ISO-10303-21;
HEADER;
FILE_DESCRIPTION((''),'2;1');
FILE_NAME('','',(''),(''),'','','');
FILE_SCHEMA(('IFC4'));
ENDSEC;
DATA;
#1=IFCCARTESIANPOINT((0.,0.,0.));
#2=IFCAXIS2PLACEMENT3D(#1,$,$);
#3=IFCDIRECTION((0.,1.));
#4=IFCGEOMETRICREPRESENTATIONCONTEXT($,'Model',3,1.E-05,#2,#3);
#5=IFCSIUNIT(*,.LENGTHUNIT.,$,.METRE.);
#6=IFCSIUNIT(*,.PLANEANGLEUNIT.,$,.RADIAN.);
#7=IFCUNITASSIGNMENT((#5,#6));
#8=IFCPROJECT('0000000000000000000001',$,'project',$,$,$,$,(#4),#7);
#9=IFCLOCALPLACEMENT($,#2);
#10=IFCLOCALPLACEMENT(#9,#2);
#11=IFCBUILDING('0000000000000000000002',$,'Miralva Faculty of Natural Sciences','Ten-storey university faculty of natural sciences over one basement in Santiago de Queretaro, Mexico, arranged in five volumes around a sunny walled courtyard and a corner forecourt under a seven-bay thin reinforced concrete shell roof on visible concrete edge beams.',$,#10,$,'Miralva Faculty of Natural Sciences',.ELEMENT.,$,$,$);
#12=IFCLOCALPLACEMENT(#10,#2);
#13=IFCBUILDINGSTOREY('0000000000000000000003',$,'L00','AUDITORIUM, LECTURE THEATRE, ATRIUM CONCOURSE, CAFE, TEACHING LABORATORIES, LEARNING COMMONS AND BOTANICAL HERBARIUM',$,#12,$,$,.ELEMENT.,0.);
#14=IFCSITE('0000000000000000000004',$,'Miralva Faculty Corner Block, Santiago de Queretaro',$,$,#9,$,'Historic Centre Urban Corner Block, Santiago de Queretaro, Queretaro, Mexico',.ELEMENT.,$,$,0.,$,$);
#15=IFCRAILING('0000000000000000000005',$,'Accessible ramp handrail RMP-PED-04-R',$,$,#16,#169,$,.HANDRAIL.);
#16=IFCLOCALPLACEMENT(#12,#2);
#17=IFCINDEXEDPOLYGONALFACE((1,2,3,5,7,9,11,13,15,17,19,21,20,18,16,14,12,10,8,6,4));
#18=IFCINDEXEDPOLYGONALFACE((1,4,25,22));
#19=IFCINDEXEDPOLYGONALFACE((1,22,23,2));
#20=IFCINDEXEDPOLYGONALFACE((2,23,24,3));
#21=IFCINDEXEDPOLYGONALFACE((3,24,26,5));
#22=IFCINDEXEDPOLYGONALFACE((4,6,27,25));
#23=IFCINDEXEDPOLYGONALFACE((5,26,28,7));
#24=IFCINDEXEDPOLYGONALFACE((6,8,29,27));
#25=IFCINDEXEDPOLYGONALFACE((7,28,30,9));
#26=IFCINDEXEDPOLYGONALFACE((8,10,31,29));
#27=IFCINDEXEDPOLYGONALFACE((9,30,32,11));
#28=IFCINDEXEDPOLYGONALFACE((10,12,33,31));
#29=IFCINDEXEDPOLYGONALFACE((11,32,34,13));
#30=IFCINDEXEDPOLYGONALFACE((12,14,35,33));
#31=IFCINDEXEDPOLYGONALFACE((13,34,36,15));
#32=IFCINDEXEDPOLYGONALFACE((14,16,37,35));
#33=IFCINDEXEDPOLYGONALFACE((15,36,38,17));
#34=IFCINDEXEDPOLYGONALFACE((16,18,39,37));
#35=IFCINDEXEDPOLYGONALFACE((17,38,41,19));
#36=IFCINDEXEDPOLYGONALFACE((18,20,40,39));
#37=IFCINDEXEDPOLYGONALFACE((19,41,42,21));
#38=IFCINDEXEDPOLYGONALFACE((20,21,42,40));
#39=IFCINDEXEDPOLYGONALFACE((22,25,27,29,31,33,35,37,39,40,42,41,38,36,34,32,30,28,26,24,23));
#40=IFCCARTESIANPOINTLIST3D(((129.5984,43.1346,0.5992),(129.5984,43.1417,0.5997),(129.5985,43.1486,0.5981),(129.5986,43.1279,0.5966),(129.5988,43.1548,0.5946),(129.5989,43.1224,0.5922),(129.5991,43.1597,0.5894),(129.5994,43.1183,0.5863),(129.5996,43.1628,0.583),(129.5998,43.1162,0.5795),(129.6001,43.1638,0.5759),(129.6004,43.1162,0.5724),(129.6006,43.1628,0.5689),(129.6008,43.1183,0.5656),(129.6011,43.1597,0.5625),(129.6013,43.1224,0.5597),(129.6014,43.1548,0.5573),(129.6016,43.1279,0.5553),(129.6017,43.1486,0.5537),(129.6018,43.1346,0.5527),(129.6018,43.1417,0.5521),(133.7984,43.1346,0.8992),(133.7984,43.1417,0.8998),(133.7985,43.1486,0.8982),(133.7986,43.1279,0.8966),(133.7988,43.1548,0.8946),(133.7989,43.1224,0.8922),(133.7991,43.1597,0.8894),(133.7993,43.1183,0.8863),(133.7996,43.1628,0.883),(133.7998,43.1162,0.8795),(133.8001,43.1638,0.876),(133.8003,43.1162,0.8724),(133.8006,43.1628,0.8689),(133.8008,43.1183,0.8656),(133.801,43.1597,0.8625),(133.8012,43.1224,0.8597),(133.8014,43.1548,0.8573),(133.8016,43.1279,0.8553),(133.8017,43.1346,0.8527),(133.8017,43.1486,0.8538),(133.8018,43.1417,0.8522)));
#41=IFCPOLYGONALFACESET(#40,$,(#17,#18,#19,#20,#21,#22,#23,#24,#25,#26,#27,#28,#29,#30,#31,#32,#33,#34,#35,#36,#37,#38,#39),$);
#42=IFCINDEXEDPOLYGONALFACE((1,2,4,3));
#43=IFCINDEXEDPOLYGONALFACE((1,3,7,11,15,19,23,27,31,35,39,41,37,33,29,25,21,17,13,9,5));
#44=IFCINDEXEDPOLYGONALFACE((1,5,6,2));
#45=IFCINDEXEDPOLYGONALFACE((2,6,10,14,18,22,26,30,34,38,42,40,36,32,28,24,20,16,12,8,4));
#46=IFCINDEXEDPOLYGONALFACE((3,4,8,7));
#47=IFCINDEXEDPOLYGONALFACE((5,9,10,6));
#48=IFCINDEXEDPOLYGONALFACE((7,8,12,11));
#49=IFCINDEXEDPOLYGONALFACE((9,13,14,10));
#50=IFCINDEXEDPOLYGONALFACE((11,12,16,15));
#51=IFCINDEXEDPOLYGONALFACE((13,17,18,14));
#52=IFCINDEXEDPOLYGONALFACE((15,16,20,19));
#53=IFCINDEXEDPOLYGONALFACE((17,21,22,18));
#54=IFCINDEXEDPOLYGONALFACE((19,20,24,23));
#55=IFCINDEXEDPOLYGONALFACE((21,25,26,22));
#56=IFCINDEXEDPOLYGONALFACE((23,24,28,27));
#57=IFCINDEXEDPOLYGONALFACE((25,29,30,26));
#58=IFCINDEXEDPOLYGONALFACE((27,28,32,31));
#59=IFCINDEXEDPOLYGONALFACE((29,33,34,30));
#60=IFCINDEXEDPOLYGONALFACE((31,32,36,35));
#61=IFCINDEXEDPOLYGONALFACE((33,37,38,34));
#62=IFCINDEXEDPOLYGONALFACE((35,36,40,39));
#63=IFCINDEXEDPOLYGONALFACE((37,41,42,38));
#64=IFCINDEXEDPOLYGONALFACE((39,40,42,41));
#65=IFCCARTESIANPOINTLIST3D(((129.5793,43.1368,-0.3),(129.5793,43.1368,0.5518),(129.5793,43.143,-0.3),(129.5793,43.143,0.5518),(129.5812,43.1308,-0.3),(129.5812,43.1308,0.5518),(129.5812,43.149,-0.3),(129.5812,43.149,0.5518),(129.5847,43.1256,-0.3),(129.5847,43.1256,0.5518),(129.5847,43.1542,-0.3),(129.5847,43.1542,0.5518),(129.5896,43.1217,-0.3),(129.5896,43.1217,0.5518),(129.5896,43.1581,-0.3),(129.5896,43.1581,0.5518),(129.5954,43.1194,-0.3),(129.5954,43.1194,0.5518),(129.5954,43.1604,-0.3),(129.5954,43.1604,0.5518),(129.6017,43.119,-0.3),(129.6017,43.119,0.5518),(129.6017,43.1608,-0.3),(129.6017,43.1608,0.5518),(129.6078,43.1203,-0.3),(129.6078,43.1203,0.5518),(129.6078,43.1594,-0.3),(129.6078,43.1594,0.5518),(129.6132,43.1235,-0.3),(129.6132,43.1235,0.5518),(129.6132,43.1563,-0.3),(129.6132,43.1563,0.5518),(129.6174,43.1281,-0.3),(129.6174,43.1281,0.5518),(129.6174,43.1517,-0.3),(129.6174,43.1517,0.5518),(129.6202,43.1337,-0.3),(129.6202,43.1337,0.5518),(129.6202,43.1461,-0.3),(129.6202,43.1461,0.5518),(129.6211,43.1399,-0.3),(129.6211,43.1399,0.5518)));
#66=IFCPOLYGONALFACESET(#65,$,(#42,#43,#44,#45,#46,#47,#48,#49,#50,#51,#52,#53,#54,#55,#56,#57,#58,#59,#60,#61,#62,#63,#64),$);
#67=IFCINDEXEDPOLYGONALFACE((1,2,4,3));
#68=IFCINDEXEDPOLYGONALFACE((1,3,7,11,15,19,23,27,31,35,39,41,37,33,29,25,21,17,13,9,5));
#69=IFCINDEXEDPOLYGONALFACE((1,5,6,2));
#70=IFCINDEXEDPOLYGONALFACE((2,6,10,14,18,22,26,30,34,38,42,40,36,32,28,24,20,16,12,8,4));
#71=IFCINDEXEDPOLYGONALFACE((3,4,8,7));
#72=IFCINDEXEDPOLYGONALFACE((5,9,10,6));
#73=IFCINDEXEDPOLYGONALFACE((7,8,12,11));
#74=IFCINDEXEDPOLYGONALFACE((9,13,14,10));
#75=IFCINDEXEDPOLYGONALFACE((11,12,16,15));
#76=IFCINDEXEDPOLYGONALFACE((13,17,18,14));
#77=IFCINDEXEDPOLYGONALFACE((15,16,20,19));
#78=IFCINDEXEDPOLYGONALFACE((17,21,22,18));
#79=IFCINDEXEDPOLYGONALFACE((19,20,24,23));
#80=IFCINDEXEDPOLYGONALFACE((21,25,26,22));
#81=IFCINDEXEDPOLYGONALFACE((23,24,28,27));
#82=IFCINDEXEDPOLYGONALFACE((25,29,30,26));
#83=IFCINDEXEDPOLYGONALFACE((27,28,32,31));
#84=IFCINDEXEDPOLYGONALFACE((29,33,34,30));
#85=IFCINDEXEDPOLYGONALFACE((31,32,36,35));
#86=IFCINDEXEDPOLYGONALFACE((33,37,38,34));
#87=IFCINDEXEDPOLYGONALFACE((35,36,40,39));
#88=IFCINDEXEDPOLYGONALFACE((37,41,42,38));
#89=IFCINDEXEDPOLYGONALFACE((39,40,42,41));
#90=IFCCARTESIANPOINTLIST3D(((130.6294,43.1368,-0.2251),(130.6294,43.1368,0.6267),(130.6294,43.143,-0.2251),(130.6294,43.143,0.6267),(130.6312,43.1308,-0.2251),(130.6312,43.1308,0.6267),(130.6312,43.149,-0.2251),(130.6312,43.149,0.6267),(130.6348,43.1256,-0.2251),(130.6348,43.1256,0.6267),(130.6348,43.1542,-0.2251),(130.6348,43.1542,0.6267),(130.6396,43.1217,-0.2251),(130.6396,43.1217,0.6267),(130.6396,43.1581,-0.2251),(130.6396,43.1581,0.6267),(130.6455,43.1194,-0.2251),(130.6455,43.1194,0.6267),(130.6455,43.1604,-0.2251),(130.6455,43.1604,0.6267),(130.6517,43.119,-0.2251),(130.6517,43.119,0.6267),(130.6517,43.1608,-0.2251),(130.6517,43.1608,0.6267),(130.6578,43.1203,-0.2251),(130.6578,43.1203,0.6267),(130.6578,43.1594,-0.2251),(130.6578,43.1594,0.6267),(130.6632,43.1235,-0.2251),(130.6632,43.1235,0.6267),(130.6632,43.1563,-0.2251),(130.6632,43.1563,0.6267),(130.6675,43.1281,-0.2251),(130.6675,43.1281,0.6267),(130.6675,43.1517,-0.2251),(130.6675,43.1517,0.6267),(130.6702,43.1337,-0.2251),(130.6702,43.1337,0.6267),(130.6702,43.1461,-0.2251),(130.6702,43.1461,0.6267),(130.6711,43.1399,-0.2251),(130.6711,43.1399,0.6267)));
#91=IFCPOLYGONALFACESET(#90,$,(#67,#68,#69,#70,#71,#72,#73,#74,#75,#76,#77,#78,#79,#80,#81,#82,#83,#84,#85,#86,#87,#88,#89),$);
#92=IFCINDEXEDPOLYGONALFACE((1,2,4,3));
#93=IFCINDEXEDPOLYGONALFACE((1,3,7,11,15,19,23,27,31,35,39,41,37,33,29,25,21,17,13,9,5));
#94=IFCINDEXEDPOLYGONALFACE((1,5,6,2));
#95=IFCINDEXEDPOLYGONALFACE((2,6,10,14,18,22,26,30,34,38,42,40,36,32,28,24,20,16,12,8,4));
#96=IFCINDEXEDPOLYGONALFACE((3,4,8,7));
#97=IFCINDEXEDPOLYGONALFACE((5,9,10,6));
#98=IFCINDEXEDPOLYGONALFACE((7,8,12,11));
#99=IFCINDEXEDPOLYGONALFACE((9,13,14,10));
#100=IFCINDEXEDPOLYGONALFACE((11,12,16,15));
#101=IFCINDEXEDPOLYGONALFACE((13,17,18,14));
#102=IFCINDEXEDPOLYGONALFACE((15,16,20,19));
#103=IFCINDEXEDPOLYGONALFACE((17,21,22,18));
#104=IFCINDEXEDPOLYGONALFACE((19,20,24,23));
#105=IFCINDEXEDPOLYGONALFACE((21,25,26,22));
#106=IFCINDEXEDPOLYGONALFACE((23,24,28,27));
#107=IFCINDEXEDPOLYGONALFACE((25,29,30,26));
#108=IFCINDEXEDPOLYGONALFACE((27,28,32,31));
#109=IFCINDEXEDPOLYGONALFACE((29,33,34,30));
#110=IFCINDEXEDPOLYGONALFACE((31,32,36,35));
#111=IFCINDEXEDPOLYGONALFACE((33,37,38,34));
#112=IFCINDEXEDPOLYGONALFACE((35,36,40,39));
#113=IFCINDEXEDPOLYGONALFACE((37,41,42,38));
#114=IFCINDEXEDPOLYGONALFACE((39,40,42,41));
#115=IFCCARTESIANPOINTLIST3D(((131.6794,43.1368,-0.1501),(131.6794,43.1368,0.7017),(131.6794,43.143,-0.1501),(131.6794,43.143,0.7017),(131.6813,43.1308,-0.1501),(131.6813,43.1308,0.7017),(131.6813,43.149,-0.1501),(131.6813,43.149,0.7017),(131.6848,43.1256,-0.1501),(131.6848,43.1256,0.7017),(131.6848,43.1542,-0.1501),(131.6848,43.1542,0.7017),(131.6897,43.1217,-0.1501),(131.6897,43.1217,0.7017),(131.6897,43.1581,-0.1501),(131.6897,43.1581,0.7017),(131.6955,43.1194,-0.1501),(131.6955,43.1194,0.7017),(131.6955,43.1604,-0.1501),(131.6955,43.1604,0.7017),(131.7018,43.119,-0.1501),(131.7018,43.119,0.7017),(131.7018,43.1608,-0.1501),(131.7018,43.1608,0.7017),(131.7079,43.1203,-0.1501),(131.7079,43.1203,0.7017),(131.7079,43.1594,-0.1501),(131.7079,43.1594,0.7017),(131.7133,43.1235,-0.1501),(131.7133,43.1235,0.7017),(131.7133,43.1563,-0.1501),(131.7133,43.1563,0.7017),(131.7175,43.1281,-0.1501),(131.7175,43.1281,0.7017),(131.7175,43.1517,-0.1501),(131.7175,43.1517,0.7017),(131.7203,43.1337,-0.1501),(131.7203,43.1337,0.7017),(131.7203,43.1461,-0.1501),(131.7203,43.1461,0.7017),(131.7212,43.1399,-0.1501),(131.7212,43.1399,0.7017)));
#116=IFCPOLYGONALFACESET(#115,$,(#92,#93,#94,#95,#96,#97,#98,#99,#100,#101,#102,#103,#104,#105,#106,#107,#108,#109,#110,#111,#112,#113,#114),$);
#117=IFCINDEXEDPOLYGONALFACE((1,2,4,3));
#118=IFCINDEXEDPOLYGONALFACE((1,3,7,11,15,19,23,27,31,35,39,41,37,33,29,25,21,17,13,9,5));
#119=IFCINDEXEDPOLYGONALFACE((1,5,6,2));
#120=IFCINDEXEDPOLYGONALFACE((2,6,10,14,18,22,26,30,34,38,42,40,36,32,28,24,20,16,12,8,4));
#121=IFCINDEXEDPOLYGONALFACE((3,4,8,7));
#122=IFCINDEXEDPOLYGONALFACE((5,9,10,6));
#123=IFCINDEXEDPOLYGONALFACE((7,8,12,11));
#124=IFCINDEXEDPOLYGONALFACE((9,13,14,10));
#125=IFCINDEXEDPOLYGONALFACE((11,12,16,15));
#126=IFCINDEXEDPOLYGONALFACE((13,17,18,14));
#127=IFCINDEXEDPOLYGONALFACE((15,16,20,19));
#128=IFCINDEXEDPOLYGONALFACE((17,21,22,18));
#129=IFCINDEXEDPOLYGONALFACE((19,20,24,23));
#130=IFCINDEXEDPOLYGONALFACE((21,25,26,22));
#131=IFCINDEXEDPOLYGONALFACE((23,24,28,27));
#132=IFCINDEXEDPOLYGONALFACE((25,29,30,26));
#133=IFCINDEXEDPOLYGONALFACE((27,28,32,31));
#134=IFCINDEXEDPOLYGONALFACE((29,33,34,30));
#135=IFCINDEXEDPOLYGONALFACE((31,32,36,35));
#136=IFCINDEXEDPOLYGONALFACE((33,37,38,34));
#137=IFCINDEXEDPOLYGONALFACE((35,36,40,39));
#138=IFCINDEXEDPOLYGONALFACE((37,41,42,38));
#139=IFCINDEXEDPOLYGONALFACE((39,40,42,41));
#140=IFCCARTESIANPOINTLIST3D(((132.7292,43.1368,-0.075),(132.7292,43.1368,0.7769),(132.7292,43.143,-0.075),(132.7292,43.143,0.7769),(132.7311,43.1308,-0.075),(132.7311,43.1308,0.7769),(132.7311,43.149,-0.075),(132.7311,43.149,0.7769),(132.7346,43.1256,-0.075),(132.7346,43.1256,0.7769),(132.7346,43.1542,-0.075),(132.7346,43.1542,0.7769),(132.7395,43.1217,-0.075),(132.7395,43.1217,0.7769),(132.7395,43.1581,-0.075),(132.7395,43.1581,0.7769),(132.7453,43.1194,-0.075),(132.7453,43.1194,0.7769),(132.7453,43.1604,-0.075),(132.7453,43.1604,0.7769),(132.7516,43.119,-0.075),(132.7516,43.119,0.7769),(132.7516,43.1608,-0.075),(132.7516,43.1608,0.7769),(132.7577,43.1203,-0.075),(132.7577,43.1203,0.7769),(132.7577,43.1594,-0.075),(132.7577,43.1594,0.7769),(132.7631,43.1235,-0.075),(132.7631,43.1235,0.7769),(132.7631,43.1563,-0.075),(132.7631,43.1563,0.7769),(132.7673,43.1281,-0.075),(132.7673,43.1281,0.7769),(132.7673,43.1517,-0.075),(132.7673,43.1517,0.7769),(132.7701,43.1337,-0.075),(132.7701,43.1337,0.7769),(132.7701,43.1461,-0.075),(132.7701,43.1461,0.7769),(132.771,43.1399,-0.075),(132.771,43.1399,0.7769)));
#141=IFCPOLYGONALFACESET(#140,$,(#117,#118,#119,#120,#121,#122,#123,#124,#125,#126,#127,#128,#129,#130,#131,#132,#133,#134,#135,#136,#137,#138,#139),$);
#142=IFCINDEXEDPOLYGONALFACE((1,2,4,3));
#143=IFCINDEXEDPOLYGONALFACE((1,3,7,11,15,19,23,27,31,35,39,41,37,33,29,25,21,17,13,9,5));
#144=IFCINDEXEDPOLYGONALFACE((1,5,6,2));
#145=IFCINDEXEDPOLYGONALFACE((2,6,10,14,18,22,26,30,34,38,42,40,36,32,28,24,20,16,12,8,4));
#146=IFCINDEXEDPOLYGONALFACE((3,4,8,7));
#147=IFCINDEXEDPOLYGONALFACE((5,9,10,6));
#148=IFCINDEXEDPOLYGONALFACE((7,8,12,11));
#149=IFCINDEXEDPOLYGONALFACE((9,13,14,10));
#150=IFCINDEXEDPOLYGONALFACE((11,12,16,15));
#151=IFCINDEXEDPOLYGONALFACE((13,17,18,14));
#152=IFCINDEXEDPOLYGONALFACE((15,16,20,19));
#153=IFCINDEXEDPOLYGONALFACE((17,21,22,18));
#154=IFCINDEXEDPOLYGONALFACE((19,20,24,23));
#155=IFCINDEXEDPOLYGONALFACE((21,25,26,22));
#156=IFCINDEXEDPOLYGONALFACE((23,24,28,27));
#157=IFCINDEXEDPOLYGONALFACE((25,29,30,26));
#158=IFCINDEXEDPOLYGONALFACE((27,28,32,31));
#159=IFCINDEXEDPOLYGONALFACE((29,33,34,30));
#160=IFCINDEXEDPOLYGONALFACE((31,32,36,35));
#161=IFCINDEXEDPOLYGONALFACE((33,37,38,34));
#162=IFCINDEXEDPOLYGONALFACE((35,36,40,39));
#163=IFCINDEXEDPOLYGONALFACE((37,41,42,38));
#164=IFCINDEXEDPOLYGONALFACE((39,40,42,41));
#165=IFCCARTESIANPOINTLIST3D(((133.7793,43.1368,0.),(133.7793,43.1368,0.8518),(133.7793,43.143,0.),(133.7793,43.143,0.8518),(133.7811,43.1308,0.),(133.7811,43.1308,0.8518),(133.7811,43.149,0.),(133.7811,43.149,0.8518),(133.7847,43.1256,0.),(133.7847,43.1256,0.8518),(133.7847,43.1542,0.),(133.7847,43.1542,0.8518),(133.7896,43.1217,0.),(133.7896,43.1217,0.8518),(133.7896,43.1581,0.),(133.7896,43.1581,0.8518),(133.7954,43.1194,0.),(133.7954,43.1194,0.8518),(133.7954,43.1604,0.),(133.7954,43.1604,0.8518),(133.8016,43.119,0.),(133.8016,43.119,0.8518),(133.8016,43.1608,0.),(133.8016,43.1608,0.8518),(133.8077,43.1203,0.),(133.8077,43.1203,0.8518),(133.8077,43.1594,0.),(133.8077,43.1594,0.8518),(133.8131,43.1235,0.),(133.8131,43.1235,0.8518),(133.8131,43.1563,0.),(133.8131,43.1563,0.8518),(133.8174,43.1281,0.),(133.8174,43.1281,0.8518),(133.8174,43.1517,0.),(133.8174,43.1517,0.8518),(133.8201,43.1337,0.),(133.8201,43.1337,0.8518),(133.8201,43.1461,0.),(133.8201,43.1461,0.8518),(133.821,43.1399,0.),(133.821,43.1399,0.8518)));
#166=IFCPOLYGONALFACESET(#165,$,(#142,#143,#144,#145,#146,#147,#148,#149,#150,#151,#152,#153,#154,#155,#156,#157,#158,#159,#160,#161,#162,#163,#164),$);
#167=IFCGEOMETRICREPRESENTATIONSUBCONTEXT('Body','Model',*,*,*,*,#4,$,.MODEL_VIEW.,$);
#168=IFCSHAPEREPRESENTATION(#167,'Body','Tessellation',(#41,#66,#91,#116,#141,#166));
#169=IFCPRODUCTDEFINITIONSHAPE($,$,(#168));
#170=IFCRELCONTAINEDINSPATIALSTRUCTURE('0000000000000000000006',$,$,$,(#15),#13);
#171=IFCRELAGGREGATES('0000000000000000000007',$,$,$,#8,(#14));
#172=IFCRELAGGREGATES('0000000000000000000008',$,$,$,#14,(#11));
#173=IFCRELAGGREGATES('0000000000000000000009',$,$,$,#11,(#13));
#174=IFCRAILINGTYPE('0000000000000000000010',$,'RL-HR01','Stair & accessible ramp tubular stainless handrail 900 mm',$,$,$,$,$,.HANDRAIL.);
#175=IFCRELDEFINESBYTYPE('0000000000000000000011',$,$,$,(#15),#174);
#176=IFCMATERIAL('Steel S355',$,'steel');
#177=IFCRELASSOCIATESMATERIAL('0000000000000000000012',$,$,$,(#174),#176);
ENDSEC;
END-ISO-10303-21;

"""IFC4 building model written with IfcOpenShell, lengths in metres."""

from ifc_helpers import new_model, si_unit, direction, frame, origin, origin_2d, place, context, subcontext, project, spatial, circle, extrude, material, type_object, element, save


model = new_model("IFC4")

# Units and contexts
model_context = context("Model", 3, precision=1e-05, world=origin(), true_north=direction((0.0, 1.0)))
body_context = subcontext(model_context, "Body", "Model", "MODEL_VIEW")
ifc_project = project(units=[si_unit("LENGTHUNIT", "METRE"), si_unit("PLANEANGLEUNIT", "RADIAN")], contexts=[model_context])

# Site, building, storey
site_placement = place(None, origin())
site = spatial("IfcSite", under=ifc_project, at=site_placement, Name="Miralva Faculty Corner Block, Santiago de Queretaro", LongName="Historic Centre Urban Corner Block, Santiago de Queretaro, Queretaro, Mexico", CompositionType="ELEMENT", RefElevation=0.0)
building_placement = place(site_placement, origin())
building = spatial("IfcBuilding", under=site, at=building_placement, Name="Miralva Faculty of Natural Sciences", Description="Ten-storey university faculty of natural sciences over one basement in Santiago de Queretaro, Mexico, arranged in five volumes around a sunny walled courtyard and a corner forecourt under a seven-bay thin reinforced concrete shell roof on visible concrete edge beams.", LongName="Miralva Faculty of Natural Sciences", CompositionType="ELEMENT")
storey_placement = place(building_placement, origin())
storey = spatial("IfcBuildingStorey", under=building, at=storey_placement, Name="L00", Description="AUDITORIUM, LECTURE THEATRE, ATRIUM CONCOURSE, CAFE, TEACHING LABORATORIES, LEARNING COMMONS AND BOTANICAL HERBARIUM", CompositionType="ELEMENT", Elevation=0.0)

# Railing
ifc_material_1 = material(Name="Steel S355", Category="steel")
railing_type = type_object("IfcRailingType", Name="RL-HR01", Description="Stair & accessible ramp tubular stainless handrail 900 mm", PredefinedType="HANDRAIL", material=ifc_material_1)
for number, where, name in (
    (1, (129.6001, 43.1399, -0.3), "Accessible ramp handrail RMP-PED-04-R"),
):
    element("IfcRailing", number, at=place(storey_placement, frame(where)), inside=storey, type_object=railing_type, Name=name, PredefinedType="HANDRAIL", context=body_context, shape_type="SweptSolid", body=[
        extrude(circle(Radius=0.0239, at=origin_2d()), frame((0.0, 0.0, 0.876), z_axis=(0.997458, 0.0, 0.071259), x_axis=(0.0, 1.0, 0.0)), (0.0, 0.0, 1.0), 4.2107),
        extrude(circle(Radius=0.021, at=origin_2d()), origin(), (0.0, 0.0, 1.0), 0.8518),
        extrude(circle(Radius=0.021, at=origin_2d()), frame((1.05, 0.0, 0.075)), (0.0, 0.0, 1.0), 0.8518),
        extrude(circle(Radius=0.021, at=origin_2d()), frame((2.1001, 0.0, 0.1499)), (0.0, 0.0, 1.0), 0.8518),
        extrude(circle(Radius=0.021, at=origin_2d()), frame((3.1499, 0.0, 0.2251)), (0.0, 0.0, 1.0), 0.8518),
        extrude(circle(Radius=0.021, at=origin_2d()), frame((4.2, 0.0, 0.3)), (0.0, 0.0, 1.0), 0.8518),
    ])

save(model, "model.ifc")
